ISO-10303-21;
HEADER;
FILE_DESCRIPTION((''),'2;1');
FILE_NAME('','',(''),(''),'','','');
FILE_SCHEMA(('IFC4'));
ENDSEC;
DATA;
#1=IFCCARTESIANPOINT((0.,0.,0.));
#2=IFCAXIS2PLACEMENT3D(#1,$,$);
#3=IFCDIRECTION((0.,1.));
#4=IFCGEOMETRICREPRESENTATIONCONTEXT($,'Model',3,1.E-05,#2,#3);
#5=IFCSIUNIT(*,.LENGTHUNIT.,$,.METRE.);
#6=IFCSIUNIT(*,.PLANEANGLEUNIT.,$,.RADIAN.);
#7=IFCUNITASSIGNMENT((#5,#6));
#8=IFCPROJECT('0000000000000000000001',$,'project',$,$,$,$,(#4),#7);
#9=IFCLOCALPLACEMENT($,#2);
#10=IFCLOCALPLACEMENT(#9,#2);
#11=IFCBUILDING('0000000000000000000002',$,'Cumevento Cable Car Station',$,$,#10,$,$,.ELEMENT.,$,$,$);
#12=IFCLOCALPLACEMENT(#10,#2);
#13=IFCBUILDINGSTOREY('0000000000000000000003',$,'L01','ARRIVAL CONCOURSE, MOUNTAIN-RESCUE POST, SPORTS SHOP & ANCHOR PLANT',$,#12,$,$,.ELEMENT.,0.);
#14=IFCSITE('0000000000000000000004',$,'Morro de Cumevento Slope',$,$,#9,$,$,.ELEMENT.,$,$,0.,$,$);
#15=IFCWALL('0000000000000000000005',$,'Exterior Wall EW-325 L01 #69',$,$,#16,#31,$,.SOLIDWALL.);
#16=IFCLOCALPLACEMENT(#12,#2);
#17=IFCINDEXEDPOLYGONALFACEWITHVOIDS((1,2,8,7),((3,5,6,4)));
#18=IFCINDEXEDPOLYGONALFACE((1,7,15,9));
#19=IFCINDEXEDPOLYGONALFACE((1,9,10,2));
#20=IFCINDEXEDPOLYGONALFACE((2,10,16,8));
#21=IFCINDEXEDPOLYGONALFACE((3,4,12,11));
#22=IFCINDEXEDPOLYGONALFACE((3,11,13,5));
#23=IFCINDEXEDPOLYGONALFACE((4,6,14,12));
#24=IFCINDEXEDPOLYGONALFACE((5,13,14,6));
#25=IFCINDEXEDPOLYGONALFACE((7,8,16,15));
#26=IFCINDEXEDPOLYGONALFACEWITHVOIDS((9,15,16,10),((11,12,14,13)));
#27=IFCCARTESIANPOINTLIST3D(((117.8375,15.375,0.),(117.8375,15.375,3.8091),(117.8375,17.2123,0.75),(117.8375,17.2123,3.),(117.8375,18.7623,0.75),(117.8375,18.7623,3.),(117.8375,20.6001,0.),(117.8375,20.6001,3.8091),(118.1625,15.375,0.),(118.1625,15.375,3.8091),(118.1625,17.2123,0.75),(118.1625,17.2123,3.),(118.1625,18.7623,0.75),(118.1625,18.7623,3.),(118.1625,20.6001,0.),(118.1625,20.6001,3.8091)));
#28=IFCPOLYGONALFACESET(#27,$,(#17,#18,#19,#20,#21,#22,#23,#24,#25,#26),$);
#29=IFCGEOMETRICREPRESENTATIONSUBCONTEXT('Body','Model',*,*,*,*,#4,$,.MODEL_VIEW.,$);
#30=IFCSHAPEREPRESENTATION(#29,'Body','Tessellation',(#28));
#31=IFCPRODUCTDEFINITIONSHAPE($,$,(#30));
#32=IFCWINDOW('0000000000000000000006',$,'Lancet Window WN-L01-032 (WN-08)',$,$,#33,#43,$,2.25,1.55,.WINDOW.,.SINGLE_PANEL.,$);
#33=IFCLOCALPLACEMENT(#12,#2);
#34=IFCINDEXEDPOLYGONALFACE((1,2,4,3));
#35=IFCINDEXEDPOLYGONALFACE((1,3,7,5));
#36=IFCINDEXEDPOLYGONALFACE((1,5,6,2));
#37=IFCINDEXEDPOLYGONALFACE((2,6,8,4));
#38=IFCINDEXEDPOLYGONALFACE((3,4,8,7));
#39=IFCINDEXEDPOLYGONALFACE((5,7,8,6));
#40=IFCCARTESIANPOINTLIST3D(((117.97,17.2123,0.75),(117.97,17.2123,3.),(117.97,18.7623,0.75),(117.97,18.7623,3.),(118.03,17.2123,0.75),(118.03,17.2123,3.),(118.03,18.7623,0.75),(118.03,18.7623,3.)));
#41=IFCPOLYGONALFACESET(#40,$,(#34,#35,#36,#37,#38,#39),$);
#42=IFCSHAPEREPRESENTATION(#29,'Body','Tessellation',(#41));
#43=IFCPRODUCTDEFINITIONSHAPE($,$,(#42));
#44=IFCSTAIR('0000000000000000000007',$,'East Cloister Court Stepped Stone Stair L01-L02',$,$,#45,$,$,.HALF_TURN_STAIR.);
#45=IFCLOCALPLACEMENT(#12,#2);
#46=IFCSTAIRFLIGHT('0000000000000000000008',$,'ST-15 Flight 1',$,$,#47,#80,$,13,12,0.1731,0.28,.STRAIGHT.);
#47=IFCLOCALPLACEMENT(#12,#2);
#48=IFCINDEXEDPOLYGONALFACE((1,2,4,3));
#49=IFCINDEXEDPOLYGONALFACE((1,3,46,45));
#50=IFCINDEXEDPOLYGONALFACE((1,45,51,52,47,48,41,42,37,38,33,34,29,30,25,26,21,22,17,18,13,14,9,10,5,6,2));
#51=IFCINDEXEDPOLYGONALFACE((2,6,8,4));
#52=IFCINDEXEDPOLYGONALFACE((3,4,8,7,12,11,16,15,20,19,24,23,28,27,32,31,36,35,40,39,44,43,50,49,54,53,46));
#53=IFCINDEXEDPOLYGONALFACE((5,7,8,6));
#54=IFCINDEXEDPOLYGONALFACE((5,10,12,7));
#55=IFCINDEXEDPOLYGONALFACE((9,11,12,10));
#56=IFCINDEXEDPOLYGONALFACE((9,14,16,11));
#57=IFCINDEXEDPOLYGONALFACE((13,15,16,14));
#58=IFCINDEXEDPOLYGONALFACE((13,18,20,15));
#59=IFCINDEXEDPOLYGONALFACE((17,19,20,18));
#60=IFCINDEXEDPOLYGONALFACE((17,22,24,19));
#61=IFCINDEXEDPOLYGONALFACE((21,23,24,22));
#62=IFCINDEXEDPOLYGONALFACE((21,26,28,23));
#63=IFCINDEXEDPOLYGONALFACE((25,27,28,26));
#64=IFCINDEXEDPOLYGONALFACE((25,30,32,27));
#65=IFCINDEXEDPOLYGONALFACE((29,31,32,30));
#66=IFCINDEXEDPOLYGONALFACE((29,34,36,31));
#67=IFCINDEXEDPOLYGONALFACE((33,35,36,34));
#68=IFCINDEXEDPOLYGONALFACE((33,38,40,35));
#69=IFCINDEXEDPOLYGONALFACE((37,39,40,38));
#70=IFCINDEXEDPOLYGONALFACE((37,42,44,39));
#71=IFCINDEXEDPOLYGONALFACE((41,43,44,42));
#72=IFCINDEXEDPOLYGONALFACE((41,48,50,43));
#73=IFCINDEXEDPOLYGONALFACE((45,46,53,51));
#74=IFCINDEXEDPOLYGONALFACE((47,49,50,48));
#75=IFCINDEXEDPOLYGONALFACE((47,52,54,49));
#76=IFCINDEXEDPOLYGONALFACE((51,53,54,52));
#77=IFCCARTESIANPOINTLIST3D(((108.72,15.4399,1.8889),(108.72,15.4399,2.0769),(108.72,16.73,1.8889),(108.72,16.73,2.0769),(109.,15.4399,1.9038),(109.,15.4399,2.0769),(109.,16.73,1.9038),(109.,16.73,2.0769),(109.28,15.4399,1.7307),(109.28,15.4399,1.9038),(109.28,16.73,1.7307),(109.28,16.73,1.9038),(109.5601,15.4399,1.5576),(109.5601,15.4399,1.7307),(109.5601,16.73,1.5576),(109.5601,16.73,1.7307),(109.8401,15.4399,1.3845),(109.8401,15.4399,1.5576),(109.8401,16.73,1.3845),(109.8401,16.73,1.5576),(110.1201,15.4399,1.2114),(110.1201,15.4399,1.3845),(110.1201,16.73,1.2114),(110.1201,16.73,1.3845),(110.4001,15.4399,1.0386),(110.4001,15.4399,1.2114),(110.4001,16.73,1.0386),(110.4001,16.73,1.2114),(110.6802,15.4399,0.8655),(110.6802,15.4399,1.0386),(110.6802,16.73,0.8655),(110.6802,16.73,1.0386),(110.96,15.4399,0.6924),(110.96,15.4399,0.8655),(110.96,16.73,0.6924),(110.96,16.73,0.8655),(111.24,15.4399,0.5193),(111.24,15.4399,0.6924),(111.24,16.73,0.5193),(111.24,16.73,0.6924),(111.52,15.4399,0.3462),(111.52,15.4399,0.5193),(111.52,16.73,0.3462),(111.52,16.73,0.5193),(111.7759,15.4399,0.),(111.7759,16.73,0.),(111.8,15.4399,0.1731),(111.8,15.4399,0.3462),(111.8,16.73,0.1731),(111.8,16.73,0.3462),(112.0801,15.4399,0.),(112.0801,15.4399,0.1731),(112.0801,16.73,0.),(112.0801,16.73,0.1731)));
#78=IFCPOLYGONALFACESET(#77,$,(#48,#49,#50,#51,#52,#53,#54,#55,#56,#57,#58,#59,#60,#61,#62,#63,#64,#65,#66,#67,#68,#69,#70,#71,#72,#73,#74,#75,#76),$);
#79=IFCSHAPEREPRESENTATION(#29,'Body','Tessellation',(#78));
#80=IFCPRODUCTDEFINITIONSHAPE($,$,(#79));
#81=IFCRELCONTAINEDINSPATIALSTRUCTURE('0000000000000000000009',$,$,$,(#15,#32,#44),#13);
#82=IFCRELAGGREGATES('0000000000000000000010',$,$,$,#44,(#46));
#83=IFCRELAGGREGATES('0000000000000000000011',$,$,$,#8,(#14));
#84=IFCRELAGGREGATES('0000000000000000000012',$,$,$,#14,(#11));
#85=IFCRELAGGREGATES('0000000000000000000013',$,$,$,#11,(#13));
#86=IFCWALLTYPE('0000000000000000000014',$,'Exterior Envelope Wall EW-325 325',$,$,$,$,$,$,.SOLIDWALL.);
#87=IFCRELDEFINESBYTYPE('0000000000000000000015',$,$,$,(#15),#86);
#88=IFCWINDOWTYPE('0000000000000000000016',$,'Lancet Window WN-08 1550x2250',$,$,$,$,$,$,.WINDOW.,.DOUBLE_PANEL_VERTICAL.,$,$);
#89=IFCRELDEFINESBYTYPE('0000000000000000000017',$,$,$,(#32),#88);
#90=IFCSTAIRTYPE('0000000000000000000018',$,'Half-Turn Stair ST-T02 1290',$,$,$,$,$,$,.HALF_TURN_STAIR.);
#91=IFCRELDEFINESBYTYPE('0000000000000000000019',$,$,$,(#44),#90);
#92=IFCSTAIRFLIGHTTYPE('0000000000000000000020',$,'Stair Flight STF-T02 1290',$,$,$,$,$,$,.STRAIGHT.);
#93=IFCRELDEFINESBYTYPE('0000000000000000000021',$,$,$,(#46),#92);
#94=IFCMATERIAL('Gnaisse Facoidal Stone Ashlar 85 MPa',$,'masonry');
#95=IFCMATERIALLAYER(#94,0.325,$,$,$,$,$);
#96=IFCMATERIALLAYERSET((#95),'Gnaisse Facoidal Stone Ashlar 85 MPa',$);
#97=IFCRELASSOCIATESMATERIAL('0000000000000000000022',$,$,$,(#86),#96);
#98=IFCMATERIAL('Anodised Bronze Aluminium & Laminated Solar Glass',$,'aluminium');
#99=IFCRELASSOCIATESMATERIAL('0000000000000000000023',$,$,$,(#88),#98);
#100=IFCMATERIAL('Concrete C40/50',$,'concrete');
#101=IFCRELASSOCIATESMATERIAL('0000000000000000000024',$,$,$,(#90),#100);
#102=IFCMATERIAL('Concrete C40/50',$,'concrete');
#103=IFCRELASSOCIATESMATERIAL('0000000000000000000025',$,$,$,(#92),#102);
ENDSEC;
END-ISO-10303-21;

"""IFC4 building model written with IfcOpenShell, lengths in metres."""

from ifc_helpers import new_model, si_unit, direction, frame, frame_2d, origin, place, context, subcontext, project, spatial, polyline, rectangle, outline, extrude, material, layer, layer_set, type_object, element, fill, aggregate, save


model = new_model("IFC4")

# Units and contexts
model_context = context("Model", 3, precision=1e-05, world=origin(), true_north=direction((0.0, 1.0)))
body_context = subcontext(model_context, "Body", "Model", "MODEL_VIEW")
ifc_project = project(units=[si_unit("LENGTHUNIT", "METRE"), si_unit("PLANEANGLEUNIT", "RADIAN")], contexts=[model_context])

# Site, building, storey
site_placement = place(None, origin())
site = spatial("IfcSite", under=ifc_project, at=site_placement, Name="Morro de Cumevento Slope", CompositionType="ELEMENT", RefElevation=0.0)
building_placement = place(site_placement, origin())
building = spatial("IfcBuilding", under=site, at=building_placement, Name="Cumevento Cable Car Station", CompositionType="ELEMENT")
storey_placement = place(building_placement, origin())
storey = spatial("IfcBuildingStorey", under=building, at=storey_placement, Name="L01", Description="ARRIVAL CONCOURSE, MOUNTAIN-RESCUE POST, SPORTS SHOP & ANCHOR PLANT", CompositionType="ELEMENT", Elevation=0.0)

# Wall, opening, window
ifc_material_1 = material(Name="Gnaisse Facoidal Stone Ashlar 85 MPa", Category="masonry")
ifc_layer = layer(ifc_material_1, 0.325)
ifc_layer_set = layer_set([ifc_layer], Name="Gnaisse Facoidal Stone Ashlar 85 MPa")
wall_type = type_object("IfcWallType", Name="Exterior Envelope Wall EW-325 325", PredefinedType="SOLIDWALL", material=ifc_layer_set)
wall_placement = place(storey_placement, frame((118.0, 15.375, 0.0), z_axis=(0.0, 0.0, 1.0), x_axis=(0.0, 1.0, 0.0)))
wall = element("IfcWall", 1, at=wall_placement, inside=storey, type_object=wall_type, Name="Exterior Wall EW-325 L01 #69", PredefinedType="SOLIDWALL", context=body_context, shape_type="SweptSolid", body=[
    extrude(rectangle(XDim=5.2251, YDim=0.325, at=frame_2d((2.6125, 0.0))), origin(), (0.0, 0.0, 1.0), 3.8091),
])
opening_placement = place(wall_placement, frame((1.8374, 0.0, 0.75)))
opening = element("IfcOpeningElement", 2, at=opening_placement, cuts=wall, PredefinedType="OPENING", context=body_context, shape_type="SweptSolid", body=[
    extrude(rectangle(XDim=1.55, YDim=2.25, at=frame_2d((0.7749, 1.125))), frame((0.0, 0.1726, 0.0), z_axis=(0.0, -1.0, 0.0), x_axis=(1.0, 0.0, 0.0)), (0.0, 0.0, 1.0), 0.345),
])
ifc_material_2 = material(Name="Anodised Bronze Aluminium & Laminated Solar Glass", Category="aluminium")
window_type = type_object("IfcWindowType", Name="Lancet Window WN-08 1550x2250", PartitioningType="DOUBLE_PANEL_VERTICAL", PredefinedType="WINDOW", material=ifc_material_2)
window_placement = place(opening_placement, origin())
window = element("IfcWindow", 3, at=window_placement, inside=storey, type_object=window_type, Name="Lancet Window WN-L01-032 (WN-08)", OverallHeight=2.25, OverallWidth=1.55, PartitioningType="SINGLE_PANEL", PredefinedType="WINDOW", context=body_context, shape_type="SweptSolid", body=[
    extrude(rectangle(XDim=1.55, YDim=2.25, at=frame_2d((0.7749, 1.125))), frame((0.0, 0.03, 0.0), z_axis=(0.0, -1.0, 0.0), x_axis=(1.0, 0.0, 0.0)), (0.0, 0.0, 1.0), 0.0601),
])
fill(opening, window)

# Stair, stair flight
ifc_material_3 = material(Name="Concrete C40/50", Category="concrete")
stair_type = type_object("IfcStairType", Name="Half-Turn Stair ST-T02 1290", PredefinedType="HALF_TURN_STAIR", material=ifc_material_3)
stair_placement = place(storey_placement, origin())
stair = element("IfcStair", 4, at=stair_placement, inside=storey, type_object=stair_type, Name="East Cloister Court Stepped Stone Stair L01-L02", PredefinedType="HALF_TURN_STAIR")
ifc_material_4 = material(Name="Concrete C40/50", Category="concrete")
stair_flight_type = type_object("IfcStairFlightType", Name="Stair Flight STF-T02 1290", PredefinedType="STRAIGHT", material=ifc_material_4)
stair_flight_placement = place(storey_placement, frame((112.0801, 16.085, 0.0), z_axis=(0.0, 0.0, 1.0), x_axis=(-1.0, 0.0, 0.0)))
stair_flight = element("IfcStairFlight", 5, at=stair_flight_placement, type_object=stair_flight_type, Name="ST-15 Flight 1", NumberOfRisers=13, NumberOfTreads=12, PredefinedType="STRAIGHT", RiserHeight=0.1731, TreadLength=0.28, context=body_context, shape_type="SweptSolid", body=[
    extrude(outline(polyline([(0.0, 0.0), (0.0, 0.1731), (0.28, 0.1731), (0.28, 0.3462), (0.5601, 0.3462), (0.5601, 0.5193), (0.8401, 0.5193), (0.8401, 0.6924), (1.1201, 0.6924), (1.1201, 0.8655), (1.3999, 0.8655), (1.3999, 1.0386), (1.6799, 1.0386), (1.6799, 1.2114), (1.96, 1.2114), (1.96, 1.3845), (2.24, 1.3845), (2.24, 1.5576), (2.52, 1.5576), (2.52, 1.7307), (2.8, 1.7307), (2.8, 1.9038), (3.0801, 1.9038), (3.0801, 2.0769), (3.3601, 2.0769), (3.3601, 2.25), (3.3601, 1.8889), (0.3042, 0.0), (0.0, 0.0)])), frame((0.0, 0.645, 0.0), z_axis=(0.0, -1.0, 0.0), x_axis=(1.0, 0.0, 0.0)), (0.0, 0.0, 1.0), 1.29),
])
aggregate(stair, [stair_flight])

save(model, "model.ifc")
